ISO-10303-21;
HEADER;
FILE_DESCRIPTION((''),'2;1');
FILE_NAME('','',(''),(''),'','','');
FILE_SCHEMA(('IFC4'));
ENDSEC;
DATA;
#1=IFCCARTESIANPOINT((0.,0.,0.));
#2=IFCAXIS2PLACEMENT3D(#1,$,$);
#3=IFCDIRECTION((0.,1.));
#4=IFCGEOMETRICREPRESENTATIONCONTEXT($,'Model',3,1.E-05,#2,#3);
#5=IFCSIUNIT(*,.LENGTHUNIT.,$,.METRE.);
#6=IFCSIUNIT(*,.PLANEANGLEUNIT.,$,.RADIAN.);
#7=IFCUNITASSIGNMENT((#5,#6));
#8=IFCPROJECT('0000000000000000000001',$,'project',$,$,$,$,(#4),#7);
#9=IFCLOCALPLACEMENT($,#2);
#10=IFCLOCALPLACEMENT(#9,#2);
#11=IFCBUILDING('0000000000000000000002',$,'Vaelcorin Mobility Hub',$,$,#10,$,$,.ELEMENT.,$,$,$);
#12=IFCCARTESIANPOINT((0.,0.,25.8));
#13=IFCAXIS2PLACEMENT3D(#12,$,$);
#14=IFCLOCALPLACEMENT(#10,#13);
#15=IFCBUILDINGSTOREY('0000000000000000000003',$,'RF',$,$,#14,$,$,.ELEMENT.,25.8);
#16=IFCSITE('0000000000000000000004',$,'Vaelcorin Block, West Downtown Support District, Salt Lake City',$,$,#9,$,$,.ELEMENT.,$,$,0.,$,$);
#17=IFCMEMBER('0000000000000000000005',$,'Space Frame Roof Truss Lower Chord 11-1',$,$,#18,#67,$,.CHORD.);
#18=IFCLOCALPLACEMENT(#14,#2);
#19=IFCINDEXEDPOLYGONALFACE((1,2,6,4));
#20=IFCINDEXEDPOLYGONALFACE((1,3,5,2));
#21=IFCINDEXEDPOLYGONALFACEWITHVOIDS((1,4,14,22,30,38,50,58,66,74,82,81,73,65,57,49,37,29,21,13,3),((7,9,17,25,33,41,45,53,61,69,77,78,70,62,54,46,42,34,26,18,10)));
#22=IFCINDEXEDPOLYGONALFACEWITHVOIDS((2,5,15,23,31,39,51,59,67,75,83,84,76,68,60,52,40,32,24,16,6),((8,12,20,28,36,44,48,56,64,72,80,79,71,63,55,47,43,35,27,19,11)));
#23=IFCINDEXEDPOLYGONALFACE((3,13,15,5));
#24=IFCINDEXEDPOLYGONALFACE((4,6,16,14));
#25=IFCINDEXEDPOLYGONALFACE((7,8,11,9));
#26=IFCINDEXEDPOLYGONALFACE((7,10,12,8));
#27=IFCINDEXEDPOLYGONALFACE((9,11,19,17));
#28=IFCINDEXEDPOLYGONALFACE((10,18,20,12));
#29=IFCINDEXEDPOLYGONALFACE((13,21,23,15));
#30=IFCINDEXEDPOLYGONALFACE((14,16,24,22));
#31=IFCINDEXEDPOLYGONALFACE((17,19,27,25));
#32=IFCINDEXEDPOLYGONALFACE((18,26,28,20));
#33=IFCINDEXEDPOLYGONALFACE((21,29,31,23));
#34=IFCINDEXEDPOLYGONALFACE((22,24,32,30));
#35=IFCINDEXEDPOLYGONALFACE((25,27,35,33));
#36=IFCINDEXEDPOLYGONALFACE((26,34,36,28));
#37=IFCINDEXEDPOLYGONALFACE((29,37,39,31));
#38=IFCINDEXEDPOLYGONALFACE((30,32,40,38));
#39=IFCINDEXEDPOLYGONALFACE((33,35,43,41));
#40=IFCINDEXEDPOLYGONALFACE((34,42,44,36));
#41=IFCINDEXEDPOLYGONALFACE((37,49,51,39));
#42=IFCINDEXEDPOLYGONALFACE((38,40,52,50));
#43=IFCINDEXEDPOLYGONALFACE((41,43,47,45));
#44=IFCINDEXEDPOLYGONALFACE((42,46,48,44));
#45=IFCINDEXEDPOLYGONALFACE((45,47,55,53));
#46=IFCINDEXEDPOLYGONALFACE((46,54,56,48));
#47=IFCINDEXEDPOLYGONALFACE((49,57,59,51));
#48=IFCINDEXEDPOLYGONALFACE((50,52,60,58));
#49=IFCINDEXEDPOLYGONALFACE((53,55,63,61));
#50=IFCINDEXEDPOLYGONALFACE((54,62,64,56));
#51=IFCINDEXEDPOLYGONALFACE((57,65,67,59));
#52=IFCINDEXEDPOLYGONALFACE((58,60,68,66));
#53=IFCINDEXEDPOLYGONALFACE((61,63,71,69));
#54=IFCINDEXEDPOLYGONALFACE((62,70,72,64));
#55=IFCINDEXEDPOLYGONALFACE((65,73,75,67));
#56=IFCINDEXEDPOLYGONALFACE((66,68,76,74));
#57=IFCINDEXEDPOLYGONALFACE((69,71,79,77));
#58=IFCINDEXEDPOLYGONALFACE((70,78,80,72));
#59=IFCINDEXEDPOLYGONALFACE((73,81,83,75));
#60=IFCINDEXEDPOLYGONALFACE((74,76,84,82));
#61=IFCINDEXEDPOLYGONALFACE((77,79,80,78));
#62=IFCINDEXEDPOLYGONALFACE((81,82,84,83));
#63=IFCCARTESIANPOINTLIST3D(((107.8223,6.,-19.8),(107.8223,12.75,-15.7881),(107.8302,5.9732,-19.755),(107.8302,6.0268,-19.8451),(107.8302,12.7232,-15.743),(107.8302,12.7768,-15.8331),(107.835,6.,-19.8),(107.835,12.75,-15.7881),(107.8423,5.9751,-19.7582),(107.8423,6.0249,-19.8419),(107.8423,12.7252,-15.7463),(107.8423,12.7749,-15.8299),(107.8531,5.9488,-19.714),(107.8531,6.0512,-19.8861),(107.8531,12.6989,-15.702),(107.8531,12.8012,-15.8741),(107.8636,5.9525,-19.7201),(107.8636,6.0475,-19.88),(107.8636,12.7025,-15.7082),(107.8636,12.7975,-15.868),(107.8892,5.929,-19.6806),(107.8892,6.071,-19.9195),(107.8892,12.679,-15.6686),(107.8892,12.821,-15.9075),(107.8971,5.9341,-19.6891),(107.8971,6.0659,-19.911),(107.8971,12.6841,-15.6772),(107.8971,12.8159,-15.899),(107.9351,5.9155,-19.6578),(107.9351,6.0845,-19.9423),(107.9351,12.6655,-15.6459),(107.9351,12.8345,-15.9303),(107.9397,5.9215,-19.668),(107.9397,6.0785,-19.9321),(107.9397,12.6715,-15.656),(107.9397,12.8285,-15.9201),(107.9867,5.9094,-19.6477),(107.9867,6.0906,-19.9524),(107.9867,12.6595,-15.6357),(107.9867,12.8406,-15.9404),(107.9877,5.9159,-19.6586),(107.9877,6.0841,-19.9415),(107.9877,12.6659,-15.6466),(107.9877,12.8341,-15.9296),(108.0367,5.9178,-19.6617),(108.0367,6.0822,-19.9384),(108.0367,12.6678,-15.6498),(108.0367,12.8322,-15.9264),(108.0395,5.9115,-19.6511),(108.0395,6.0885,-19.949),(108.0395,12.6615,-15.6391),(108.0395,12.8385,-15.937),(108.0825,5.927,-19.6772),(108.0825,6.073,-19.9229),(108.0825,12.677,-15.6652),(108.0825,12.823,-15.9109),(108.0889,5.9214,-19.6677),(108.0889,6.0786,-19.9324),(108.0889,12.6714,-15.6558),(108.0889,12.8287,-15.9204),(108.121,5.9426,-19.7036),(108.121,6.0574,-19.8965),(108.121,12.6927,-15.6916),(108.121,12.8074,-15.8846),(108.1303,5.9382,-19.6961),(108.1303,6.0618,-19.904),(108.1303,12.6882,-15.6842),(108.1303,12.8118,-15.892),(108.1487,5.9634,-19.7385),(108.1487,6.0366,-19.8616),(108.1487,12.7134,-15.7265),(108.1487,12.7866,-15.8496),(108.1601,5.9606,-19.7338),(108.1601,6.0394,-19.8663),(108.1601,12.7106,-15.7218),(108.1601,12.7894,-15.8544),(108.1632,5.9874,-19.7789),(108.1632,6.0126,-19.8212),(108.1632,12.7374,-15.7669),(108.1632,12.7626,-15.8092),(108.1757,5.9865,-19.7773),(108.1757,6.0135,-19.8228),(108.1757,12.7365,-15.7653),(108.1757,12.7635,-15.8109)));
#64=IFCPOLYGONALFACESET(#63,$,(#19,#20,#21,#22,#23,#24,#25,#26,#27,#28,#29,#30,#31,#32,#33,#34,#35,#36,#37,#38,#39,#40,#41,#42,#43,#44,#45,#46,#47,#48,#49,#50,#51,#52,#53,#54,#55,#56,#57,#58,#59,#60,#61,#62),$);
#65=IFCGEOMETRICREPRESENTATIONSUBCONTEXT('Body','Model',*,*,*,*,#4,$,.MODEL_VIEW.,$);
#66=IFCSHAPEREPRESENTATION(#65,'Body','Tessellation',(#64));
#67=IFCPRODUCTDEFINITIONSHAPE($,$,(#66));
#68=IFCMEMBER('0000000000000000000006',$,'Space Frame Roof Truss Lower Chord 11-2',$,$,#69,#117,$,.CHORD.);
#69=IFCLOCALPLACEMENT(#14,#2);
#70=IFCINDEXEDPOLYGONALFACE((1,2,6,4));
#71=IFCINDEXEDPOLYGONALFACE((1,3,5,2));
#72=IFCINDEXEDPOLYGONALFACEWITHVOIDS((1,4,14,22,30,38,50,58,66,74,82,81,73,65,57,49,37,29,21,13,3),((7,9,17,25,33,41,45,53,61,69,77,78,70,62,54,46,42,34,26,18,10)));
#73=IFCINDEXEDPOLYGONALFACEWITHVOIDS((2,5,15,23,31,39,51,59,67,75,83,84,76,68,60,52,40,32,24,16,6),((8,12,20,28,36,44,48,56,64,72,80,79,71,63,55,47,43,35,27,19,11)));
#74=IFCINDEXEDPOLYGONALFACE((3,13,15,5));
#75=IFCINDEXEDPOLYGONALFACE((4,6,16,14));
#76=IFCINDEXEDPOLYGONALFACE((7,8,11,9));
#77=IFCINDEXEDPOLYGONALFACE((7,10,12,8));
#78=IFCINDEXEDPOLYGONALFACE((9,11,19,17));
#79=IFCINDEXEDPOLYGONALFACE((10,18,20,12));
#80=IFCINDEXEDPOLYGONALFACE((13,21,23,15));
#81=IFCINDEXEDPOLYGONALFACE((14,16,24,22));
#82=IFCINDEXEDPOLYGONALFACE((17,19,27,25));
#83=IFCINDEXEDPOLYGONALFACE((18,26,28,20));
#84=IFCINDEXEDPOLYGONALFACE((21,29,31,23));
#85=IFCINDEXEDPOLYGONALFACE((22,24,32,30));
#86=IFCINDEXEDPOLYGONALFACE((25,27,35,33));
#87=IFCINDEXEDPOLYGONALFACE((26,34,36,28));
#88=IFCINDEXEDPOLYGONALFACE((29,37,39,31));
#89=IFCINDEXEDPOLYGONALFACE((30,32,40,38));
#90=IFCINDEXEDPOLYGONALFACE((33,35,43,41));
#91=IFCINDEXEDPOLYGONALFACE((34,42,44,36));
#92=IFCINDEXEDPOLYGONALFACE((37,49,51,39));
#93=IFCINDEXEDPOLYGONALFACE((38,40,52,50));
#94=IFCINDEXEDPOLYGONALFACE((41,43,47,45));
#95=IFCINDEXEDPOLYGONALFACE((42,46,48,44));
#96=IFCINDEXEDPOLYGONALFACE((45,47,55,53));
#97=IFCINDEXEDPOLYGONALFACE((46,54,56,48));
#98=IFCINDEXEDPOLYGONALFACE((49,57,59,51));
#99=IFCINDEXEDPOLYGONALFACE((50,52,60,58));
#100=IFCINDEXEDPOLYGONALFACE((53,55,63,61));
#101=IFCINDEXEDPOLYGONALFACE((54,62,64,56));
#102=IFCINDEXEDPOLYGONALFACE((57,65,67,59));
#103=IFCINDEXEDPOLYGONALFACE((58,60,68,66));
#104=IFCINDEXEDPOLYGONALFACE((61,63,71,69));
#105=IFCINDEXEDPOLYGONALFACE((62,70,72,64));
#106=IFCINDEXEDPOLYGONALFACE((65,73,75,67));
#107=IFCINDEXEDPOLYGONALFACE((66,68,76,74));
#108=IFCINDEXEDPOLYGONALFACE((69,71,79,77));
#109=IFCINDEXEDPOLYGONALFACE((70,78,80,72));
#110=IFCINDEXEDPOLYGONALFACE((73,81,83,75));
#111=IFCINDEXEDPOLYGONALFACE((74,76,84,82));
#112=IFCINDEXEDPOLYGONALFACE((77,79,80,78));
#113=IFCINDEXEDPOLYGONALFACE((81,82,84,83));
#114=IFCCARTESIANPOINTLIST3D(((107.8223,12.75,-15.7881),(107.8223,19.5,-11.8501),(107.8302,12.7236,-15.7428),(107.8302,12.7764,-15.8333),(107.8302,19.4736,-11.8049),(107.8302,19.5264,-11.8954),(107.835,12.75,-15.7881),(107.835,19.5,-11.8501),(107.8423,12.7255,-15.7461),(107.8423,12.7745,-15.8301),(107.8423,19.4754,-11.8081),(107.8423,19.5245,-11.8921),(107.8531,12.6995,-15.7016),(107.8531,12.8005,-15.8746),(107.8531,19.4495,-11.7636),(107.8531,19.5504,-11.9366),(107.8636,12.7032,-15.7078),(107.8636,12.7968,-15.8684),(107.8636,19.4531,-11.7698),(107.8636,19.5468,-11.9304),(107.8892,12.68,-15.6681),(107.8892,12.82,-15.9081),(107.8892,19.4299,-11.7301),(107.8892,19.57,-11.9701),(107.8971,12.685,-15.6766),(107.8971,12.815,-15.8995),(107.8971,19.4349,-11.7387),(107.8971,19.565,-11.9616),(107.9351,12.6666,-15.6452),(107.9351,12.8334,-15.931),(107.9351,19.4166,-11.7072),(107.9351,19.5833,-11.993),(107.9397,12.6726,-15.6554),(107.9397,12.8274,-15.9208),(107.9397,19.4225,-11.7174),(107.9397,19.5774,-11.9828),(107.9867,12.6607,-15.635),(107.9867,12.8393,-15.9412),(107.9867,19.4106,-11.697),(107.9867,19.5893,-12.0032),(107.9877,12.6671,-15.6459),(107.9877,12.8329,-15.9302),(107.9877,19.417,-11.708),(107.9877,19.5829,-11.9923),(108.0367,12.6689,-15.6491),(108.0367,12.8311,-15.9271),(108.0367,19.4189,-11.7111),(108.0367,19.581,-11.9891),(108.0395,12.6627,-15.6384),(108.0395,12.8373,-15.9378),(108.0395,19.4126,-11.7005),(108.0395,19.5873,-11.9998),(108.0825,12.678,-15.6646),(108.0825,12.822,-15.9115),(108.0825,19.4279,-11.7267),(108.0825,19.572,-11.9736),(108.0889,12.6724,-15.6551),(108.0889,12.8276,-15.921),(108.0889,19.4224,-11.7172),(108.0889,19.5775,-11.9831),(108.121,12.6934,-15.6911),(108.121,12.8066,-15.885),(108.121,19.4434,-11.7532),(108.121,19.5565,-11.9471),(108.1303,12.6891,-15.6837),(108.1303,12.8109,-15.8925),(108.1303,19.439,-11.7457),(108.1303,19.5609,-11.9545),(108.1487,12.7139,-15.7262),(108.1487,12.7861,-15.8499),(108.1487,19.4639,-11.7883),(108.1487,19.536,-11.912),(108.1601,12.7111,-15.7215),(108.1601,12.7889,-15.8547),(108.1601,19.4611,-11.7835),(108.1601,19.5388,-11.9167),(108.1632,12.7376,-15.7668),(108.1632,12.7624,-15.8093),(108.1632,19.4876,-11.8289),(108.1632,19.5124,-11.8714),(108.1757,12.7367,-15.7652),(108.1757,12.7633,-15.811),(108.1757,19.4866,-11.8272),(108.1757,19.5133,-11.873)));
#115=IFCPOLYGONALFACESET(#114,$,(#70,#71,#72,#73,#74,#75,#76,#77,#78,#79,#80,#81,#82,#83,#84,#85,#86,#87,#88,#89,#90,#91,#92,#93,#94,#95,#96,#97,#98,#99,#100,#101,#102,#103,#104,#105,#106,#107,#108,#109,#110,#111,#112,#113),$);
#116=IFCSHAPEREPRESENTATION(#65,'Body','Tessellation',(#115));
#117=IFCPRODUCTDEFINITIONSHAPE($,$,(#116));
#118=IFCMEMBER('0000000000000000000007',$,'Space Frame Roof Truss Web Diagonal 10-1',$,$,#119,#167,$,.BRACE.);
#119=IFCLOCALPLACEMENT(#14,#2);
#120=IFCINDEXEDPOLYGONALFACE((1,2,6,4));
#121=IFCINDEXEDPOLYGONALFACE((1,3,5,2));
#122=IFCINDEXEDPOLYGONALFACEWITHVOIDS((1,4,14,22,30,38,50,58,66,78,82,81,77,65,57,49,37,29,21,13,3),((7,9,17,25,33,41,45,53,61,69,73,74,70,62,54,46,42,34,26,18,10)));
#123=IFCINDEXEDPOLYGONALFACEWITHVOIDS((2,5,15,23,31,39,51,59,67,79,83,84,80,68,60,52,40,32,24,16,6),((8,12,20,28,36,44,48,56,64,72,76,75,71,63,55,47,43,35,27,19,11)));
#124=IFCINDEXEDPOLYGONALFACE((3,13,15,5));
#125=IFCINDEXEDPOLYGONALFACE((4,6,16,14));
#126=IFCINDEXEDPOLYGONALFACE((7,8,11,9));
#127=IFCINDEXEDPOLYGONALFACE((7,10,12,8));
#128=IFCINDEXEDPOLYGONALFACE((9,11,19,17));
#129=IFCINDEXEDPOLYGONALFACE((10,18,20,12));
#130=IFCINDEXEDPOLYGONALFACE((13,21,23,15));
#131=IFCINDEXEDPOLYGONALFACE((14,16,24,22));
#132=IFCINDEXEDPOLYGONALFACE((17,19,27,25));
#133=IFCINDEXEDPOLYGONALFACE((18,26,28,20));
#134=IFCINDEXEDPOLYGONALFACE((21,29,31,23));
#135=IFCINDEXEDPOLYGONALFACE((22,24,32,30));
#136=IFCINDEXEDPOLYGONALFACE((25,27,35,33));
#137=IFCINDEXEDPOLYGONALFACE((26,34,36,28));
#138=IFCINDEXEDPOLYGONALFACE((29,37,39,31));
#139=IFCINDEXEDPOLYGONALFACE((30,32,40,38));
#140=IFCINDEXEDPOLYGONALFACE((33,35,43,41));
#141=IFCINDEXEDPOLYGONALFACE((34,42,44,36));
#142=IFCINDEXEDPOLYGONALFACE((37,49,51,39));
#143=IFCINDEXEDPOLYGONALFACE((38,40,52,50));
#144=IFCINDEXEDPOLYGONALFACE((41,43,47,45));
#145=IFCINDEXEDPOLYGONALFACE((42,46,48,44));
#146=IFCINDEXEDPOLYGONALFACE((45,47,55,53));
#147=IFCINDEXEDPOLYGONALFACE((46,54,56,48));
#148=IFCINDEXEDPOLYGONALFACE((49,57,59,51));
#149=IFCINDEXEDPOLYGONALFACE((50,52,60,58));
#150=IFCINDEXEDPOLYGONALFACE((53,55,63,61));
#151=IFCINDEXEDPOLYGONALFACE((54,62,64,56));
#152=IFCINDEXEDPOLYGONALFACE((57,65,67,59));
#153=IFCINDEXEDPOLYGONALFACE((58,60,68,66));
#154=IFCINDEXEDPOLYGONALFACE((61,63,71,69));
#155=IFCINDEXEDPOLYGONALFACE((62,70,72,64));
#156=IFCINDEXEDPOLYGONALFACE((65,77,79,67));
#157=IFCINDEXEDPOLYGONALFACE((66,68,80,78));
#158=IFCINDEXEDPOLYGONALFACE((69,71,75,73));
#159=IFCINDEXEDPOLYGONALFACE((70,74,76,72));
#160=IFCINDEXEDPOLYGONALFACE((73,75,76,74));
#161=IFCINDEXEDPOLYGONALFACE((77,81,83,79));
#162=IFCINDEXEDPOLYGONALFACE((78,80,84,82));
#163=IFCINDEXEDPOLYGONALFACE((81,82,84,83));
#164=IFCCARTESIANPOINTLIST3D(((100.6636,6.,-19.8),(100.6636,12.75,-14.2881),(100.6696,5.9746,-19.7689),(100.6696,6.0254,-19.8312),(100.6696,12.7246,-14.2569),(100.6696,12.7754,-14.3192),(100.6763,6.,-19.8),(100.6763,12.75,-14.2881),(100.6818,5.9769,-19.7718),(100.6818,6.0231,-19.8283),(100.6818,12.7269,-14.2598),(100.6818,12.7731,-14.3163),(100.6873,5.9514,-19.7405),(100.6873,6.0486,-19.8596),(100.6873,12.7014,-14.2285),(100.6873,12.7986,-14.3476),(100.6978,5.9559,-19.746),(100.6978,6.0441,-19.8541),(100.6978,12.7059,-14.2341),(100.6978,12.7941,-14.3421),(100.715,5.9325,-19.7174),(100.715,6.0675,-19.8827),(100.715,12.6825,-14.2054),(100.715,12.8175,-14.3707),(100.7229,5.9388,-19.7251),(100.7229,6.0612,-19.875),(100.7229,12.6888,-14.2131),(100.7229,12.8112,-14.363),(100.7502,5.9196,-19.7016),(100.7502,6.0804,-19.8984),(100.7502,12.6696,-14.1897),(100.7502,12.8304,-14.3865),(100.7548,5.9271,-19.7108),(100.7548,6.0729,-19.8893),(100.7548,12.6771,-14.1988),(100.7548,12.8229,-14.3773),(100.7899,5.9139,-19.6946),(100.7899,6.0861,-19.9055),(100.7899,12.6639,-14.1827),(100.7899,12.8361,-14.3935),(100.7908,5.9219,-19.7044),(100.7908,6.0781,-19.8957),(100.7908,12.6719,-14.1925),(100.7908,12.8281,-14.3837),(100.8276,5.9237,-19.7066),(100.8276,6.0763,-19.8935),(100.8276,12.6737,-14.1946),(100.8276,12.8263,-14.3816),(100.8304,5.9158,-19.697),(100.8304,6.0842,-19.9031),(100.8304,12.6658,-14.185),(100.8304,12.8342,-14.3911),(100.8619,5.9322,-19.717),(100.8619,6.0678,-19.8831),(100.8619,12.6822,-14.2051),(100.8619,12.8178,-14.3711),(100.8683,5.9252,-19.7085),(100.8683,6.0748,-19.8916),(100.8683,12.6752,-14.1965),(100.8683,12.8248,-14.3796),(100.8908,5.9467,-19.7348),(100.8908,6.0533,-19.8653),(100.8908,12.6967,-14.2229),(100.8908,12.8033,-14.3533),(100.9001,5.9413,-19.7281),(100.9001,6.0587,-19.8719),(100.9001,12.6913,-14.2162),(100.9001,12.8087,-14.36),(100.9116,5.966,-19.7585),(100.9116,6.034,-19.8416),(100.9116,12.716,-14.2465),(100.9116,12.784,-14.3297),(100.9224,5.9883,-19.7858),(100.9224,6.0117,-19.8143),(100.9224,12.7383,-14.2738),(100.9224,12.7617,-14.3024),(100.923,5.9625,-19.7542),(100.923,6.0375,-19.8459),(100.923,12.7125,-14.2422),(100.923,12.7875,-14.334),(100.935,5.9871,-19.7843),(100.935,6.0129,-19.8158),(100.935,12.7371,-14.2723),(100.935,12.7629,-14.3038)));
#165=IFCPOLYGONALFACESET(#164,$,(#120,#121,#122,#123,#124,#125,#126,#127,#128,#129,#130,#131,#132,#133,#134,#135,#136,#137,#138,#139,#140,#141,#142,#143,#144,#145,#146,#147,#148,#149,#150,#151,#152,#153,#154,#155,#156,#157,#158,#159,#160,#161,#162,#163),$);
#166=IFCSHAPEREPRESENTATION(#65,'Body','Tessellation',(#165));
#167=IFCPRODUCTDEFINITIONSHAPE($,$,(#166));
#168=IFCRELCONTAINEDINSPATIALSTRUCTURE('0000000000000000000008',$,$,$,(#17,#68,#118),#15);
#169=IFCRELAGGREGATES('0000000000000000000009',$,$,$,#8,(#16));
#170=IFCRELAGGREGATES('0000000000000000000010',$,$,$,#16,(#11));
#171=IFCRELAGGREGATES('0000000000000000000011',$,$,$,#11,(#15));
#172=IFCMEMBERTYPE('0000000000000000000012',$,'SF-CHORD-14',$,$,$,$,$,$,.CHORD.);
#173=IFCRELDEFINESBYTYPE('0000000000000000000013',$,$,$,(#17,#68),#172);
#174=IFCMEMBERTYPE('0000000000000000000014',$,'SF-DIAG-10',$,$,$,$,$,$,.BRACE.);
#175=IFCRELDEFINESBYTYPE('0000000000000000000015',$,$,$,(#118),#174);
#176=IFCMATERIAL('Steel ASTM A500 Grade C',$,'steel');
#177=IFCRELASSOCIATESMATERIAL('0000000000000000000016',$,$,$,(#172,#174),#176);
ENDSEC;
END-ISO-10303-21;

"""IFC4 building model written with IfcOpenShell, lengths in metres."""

from ifc_helpers import new_model, si_unit, direction, frame, origin, origin_2d, place, context, subcontext, project, spatial, hollow_circle, extrude, material, material_profile, profile_set, type_object, element, save


model = new_model("IFC4")

# Units and contexts
model_context = context("Model", 3, precision=1e-05, world=origin(), true_north=direction((0.0, 1.0)))
body_context = subcontext(model_context, "Body", "Model", "MODEL_VIEW")
ifc_project = project(units=[si_unit("LENGTHUNIT", "METRE"), si_unit("PLANEANGLEUNIT", "RADIAN")], contexts=[model_context])

# Site, building, storey
site_placement = place(None, origin())
site = spatial("IfcSite", under=ifc_project, at=site_placement, Name="Vaelcorin Block, West Downtown Support District, Salt Lake City", CompositionType="ELEMENT", RefElevation=0.0)
building_placement = place(site_placement, origin())
building = spatial("IfcBuilding", under=site, at=building_placement, Name="Vaelcorin Mobility Hub", CompositionType="ELEMENT")
storey_placement = place(building_placement, frame((0.0, 0.0, 25.8)))
storey = spatial("IfcBuildingStorey", under=building, at=storey_placement, Name="RF", CompositionType="ELEMENT", Elevation=25.8)

# Members
ifc_material_1 = material(Name="Steel ASTM A500 Grade C", Category="steel")
ifc_material_profile_1 = material_profile(ifc_material_1, hollow_circle(Radius=0.1777, WallThickness=0.0127, at=origin_2d()), Name="HSS14.000X0.500")
ifc_profile_set_1 = profile_set([ifc_material_profile_1], Name="Steel ASTM A500 Grade C")
member_type_1 = type_object("IfcMemberType", Name="SF-CHORD-14", PredefinedType="CHORD", material=ifc_profile_set_1)
member_1_placement = place(storey_placement, frame((108.0, 6.0, -19.8), z_axis=(0.0, 0.859623, 0.510929), x_axis=(-1.0, 0.0, 0.0)))
element("IfcMember", 1, at=member_1_placement, inside=storey, type_object=member_type_1, Name="Space Frame Roof Truss Lower Chord 11-1", PredefinedType="CHORD", context=body_context, shape_type="SweptSolid", body=[
    extrude(hollow_circle(Radius=0.1777, WallThickness=0.0127, at=origin_2d()), origin(), (0.0, 0.0, 1.0), 7.8523),
])
member_2_placement = place(storey_placement, frame((108.0, 12.75, -15.7881), z_axis=(0.0, 0.863752, 0.503918), x_axis=(-1.0, 0.0, 0.0)))
element("IfcMember", 2, at=member_2_placement, inside=storey, type_object=member_type_1, Name="Space Frame Roof Truss Lower Chord 11-2", PredefinedType="CHORD", context=body_context, shape_type="SweptSolid", body=[
    extrude(hollow_circle(Radius=0.1777, WallThickness=0.0127, at=origin_2d()), origin(), (0.0, 0.0, 1.0), 7.8147),
])
ifc_material_profile_2 = material_profile(ifc_material_1, hollow_circle(Radius=0.1365, WallThickness=0.0127, at=origin_2d()), Name="HSS10.750X0.500")
ifc_profile_set_2 = profile_set([ifc_material_profile_2], Name="Steel ASTM A500 Grade C")
member_type_2 = type_object("IfcMemberType", Name="SF-DIAG-10", PredefinedType="BRACE", material=ifc_profile_set_2)
member_3_placement = place(storey_placement, frame((100.8, 6.0, -19.8), z_axis=(0.0, 0.774562, 0.632498), x_axis=(-1.0, 0.0, 0.0)))
element("IfcMember", 3, at=member_3_placement, inside=storey, type_object=member_type_2, Name="Space Frame Roof Truss Web Diagonal 10-1", PredefinedType="BRACE", context=body_context, shape_type="SweptSolid", body=[
    extrude(hollow_circle(Radius=0.1365, WallThickness=0.0127, at=origin_2d()), origin(), (0.0, 0.0, 1.0), 8.7146),
])

save(model, "model.ifc")
